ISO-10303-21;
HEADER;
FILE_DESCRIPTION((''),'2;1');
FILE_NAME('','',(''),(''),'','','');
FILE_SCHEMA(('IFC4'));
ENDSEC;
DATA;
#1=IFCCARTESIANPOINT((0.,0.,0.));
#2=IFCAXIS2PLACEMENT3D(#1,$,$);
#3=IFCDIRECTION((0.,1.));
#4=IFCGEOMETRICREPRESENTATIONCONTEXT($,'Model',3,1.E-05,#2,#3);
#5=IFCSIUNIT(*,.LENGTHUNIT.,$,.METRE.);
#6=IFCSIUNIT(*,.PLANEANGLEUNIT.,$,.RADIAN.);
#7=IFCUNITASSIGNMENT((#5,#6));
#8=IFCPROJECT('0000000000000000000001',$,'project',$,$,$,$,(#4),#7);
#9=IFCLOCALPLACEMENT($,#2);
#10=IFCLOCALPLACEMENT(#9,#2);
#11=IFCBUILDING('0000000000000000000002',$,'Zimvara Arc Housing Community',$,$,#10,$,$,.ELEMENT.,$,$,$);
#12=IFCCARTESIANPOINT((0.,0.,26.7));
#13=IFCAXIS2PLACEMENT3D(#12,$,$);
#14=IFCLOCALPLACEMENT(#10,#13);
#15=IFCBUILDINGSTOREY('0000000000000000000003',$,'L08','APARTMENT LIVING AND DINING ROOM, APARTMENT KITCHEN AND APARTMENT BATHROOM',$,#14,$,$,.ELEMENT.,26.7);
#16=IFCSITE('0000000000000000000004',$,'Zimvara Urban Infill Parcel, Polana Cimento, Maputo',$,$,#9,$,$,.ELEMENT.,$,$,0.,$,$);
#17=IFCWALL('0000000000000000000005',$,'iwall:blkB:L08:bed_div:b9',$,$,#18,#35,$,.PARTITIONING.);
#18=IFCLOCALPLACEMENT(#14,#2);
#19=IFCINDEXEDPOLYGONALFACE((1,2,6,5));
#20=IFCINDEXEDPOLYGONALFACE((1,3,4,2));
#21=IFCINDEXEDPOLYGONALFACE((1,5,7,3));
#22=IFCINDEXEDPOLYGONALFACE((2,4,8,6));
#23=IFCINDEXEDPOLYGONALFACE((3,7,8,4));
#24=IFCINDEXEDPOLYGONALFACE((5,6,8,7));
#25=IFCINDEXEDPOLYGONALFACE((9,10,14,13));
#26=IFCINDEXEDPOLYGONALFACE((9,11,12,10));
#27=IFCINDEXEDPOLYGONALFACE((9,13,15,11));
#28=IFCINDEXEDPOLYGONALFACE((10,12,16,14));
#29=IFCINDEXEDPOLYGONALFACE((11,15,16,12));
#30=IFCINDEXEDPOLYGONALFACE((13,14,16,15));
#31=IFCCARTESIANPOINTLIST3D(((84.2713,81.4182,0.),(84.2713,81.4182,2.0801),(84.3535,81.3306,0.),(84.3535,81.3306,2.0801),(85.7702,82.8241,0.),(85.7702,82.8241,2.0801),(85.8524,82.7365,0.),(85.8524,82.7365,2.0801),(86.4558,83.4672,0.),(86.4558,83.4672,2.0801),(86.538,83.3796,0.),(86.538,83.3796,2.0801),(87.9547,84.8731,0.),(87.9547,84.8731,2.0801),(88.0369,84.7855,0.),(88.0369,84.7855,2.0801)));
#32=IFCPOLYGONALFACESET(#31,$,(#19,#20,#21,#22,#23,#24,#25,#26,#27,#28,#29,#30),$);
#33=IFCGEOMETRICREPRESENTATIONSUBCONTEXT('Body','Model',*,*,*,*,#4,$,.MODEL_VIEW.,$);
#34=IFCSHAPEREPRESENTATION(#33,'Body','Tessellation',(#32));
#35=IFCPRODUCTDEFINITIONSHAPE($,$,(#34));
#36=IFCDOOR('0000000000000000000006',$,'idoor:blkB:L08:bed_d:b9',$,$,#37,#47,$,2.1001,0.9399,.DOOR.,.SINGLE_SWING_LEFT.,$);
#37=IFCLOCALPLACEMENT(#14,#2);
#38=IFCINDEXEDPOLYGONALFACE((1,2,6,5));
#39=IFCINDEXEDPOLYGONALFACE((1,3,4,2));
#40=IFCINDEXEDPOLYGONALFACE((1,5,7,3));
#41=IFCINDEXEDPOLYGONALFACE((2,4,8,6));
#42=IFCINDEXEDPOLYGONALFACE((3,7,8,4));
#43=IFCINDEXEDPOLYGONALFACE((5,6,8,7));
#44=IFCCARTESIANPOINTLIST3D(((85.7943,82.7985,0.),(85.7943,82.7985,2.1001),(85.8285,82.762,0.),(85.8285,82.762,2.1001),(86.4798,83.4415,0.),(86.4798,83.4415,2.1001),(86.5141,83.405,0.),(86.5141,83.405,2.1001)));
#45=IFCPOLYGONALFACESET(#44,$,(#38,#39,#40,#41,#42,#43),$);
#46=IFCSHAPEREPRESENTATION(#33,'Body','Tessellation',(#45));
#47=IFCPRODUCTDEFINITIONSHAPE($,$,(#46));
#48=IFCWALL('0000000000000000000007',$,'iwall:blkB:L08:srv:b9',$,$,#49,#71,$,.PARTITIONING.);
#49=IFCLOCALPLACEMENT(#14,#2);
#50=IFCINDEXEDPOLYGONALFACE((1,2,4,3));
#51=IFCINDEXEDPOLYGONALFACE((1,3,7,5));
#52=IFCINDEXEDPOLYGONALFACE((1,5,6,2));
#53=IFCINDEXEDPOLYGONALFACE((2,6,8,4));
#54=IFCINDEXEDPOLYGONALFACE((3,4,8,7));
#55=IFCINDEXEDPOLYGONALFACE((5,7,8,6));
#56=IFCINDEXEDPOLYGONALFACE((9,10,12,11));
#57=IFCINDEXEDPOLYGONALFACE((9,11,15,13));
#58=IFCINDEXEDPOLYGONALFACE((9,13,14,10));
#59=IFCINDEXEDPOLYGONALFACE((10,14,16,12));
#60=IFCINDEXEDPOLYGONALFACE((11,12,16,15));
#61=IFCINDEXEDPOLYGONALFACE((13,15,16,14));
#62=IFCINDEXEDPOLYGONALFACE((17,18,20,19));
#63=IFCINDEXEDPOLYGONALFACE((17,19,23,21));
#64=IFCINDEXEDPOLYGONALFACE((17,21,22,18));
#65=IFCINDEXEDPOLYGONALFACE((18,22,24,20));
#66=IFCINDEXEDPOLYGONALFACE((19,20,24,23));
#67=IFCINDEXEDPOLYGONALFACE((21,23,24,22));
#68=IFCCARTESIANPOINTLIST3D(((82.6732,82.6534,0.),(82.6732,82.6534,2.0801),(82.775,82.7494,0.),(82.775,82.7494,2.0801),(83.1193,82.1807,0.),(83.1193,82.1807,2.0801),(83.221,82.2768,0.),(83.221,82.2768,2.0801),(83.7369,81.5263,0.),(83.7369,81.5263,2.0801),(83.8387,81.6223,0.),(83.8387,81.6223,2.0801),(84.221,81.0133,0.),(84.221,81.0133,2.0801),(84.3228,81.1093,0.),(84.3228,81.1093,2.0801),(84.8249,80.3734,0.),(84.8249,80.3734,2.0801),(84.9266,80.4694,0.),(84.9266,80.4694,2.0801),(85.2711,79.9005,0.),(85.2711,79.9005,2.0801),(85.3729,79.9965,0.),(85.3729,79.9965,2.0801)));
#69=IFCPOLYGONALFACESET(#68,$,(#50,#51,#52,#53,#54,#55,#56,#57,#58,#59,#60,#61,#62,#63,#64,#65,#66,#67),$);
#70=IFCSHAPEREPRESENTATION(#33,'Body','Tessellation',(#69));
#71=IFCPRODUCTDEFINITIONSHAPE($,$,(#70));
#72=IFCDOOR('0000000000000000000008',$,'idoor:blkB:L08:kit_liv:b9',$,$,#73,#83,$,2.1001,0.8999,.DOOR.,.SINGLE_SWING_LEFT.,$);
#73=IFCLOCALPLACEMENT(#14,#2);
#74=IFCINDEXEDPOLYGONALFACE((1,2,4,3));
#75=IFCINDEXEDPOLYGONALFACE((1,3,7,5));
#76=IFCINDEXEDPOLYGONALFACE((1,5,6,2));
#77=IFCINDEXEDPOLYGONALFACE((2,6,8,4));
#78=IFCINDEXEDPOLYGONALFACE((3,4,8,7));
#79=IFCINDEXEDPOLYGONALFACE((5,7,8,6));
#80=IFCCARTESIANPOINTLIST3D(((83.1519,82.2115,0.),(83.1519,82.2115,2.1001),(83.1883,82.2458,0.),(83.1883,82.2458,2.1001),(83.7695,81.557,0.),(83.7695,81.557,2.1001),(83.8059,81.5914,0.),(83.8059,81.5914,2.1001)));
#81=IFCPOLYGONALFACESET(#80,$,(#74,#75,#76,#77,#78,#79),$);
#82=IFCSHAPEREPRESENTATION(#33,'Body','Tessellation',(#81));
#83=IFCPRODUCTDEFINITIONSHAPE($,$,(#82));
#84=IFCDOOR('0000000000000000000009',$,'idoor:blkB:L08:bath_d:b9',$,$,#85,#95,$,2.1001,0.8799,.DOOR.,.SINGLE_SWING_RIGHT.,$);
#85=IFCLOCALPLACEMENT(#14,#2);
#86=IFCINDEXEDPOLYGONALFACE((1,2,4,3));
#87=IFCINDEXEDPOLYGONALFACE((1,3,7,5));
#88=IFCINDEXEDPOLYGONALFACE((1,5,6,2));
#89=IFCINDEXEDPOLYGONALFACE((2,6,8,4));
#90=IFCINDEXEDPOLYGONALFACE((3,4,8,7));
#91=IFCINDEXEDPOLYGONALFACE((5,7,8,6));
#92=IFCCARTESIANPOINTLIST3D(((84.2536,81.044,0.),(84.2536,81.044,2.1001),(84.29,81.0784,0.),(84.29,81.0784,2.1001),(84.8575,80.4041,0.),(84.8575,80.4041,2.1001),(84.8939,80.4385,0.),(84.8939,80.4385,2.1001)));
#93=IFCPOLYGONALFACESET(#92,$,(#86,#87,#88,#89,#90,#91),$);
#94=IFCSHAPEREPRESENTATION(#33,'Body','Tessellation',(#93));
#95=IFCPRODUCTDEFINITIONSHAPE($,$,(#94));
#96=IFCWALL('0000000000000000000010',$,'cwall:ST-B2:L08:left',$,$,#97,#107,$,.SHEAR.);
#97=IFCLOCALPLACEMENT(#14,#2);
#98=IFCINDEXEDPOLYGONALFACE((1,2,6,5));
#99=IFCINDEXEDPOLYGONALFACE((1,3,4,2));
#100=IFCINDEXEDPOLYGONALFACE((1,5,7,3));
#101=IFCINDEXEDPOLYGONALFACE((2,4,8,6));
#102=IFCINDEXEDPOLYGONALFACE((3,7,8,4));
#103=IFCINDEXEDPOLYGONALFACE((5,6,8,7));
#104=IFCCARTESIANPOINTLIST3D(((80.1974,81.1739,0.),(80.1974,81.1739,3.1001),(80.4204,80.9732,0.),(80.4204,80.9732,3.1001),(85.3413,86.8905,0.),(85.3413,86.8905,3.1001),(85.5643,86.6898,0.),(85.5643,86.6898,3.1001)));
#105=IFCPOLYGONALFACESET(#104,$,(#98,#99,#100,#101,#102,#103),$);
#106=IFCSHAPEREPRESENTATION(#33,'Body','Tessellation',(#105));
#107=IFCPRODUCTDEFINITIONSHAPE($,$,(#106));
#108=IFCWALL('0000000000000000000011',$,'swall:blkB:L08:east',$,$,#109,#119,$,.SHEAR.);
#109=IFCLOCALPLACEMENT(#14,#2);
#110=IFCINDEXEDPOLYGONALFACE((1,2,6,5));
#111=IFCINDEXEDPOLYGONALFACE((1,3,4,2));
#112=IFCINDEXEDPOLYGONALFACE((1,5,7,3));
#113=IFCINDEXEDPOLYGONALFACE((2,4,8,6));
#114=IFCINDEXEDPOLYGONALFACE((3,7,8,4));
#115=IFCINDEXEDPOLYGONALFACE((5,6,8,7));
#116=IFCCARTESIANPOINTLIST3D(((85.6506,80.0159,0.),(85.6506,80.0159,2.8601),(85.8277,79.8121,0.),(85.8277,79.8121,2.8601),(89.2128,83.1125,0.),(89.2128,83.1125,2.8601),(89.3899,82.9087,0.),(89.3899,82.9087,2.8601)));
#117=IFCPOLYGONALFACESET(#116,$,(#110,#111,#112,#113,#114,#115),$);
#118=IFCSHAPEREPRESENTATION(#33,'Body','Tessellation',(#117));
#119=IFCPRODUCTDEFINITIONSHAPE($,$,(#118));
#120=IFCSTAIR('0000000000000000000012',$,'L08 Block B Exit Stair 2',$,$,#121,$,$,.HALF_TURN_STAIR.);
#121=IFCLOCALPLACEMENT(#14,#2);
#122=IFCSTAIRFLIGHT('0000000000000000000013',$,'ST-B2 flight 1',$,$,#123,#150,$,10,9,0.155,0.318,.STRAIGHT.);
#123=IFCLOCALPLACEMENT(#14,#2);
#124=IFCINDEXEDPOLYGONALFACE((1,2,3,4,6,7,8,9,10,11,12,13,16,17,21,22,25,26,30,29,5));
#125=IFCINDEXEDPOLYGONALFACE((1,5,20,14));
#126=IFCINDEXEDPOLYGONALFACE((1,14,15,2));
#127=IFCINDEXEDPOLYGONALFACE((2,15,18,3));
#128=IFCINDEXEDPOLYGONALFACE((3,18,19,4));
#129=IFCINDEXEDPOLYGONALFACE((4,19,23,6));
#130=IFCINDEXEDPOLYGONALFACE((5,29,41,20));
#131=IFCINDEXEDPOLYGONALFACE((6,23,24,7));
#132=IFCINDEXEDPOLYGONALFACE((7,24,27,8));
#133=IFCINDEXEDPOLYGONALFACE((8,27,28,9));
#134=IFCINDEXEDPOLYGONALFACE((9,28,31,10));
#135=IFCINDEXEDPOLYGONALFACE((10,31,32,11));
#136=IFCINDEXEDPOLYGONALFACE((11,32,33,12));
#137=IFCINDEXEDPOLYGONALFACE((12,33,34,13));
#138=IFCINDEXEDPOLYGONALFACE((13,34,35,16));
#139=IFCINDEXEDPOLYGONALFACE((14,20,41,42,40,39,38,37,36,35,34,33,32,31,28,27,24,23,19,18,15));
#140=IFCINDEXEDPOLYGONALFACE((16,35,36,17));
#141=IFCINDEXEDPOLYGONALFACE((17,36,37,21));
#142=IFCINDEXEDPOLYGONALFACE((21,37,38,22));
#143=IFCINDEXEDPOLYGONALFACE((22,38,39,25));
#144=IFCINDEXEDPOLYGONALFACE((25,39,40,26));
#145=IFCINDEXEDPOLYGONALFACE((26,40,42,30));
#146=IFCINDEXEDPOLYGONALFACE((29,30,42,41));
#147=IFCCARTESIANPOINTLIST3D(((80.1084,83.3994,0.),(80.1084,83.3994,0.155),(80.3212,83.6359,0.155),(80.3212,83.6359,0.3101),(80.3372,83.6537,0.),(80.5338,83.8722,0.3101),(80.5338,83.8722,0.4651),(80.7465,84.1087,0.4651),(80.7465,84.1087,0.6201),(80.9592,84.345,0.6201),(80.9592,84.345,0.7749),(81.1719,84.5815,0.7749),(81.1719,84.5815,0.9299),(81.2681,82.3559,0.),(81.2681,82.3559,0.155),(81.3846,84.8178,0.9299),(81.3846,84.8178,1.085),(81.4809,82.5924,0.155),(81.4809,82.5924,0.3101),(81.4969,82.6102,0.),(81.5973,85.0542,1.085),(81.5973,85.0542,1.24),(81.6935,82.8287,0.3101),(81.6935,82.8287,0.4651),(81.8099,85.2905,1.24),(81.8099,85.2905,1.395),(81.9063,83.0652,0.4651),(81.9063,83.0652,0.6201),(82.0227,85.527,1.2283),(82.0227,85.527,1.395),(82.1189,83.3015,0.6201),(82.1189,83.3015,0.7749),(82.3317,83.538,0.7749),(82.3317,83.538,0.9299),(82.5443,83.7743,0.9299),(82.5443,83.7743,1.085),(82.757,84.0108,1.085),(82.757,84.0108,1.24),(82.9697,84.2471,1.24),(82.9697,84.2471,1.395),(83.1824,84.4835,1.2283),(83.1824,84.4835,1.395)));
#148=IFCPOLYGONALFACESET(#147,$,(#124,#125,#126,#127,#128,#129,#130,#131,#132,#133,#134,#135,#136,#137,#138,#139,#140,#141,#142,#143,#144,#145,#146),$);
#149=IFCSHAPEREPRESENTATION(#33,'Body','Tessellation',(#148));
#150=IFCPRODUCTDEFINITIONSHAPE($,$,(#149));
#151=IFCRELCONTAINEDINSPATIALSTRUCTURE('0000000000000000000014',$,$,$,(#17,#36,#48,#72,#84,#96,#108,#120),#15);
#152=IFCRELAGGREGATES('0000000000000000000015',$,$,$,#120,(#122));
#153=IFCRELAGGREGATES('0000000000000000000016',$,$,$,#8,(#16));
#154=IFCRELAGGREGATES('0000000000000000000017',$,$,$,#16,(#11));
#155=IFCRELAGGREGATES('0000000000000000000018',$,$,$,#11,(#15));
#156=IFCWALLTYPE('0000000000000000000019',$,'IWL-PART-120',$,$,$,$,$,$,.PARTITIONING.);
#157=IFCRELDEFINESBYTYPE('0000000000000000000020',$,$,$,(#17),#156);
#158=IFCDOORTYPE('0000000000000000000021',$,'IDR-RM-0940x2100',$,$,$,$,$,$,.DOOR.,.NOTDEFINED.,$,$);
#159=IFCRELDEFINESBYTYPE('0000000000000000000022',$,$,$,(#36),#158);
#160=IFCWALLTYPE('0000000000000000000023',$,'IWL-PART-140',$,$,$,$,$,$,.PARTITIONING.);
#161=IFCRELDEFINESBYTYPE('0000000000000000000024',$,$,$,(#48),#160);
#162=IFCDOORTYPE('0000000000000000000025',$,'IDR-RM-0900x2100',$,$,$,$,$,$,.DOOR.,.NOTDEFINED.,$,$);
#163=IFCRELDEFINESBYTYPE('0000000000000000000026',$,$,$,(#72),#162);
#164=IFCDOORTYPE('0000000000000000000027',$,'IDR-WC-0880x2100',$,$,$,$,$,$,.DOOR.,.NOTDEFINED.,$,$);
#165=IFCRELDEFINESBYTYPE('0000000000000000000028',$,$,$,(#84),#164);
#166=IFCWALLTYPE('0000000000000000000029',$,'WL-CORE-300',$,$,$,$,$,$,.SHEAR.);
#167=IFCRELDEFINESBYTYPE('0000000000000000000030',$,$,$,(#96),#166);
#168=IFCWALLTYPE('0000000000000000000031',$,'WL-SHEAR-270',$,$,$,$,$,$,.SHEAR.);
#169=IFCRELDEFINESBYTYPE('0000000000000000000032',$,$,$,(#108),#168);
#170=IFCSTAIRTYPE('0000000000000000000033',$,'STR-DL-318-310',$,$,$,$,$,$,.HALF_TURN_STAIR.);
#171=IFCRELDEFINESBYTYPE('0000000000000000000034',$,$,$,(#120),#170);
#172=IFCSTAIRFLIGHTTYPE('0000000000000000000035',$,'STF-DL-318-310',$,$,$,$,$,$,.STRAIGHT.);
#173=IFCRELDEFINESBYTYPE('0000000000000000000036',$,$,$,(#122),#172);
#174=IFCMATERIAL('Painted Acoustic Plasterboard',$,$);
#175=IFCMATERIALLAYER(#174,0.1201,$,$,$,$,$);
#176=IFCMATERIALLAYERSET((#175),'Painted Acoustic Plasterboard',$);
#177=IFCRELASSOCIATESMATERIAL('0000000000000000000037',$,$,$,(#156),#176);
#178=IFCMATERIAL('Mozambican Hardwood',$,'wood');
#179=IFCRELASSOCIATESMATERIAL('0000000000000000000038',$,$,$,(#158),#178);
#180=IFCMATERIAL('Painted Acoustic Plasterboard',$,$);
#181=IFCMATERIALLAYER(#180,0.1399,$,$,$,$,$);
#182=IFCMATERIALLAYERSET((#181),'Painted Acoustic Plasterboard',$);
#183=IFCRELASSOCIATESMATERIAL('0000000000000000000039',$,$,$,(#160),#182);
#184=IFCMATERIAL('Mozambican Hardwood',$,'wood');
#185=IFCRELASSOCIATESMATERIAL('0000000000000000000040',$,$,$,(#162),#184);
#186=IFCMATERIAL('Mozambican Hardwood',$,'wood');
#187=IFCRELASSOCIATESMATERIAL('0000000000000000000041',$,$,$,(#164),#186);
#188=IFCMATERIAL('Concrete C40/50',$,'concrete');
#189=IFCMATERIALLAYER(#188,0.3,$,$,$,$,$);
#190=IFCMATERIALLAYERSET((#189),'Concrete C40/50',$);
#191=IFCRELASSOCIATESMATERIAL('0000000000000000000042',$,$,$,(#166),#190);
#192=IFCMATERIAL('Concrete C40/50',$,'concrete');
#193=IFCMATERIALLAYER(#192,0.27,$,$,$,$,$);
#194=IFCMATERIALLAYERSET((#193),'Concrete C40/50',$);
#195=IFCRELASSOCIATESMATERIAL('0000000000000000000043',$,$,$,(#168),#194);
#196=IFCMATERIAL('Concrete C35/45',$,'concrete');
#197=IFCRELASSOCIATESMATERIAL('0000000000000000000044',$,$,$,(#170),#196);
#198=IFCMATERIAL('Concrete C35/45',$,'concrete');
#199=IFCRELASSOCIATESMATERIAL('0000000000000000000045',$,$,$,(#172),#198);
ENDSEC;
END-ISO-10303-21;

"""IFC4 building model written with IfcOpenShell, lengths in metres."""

from ifc_helpers import new_model, si_unit, direction, frame, frame_2d, origin, place, context, subcontext, project, spatial, polyline, rectangle, outline, extrude, material, layer, layer_set, type_object, element, fill, aggregate, save


model = new_model("IFC4")

# Units and contexts
model_context = context("Model", 3, precision=1e-05, world=origin(), true_north=direction((0.0, 1.0)))
body_context = subcontext(model_context, "Body", "Model", "MODEL_VIEW")
ifc_project = project(units=[si_unit("LENGTHUNIT", "METRE"), si_unit("PLANEANGLEUNIT", "RADIAN")], contexts=[model_context])

# Site, building, storey
site_placement = place(None, origin())
site = spatial("IfcSite", under=ifc_project, at=site_placement, Name="Zimvara Urban Infill Parcel, Polana Cimento, Maputo", CompositionType="ELEMENT", RefElevation=0.0)
building_placement = place(site_placement, origin())
building = spatial("IfcBuilding", under=site, at=building_placement, Name="Zimvara Arc Housing Community", CompositionType="ELEMENT")
storey_placement = place(building_placement, frame((0.0, 0.0, 26.7)))
storey = spatial("IfcBuildingStorey", under=building, at=storey_placement, Name="L08", Description="APARTMENT LIVING AND DINING ROOM, APARTMENT KITCHEN AND APARTMENT BATHROOM", CompositionType="ELEMENT", Elevation=26.7)

# Wall, opening, door
ifc_material_1 = material(Name="Painted Acoustic Plasterboard")
ifc_layer_1 = layer(ifc_material_1, 0.1201)
ifc_layer_set_1 = layer_set([ifc_layer_1], Name="Painted Acoustic Plasterboard")
wall_type_1 = type_object("IfcWallType", Name="IWL-PART-120", PredefinedType="PARTITIONING", material=ifc_layer_set_1)
wall_1_placement = place(storey_placement, frame((84.3125, 81.3745, 0.0), z_axis=(0.0, 0.0, 1.0), x_axis=(0.72937, 0.68412, 0.0)))
wall_1 = element("IfcWall", 1, at=wall_1_placement, inside=storey, type_object=wall_type_1, Name="iwall:blkB:L08:bed_div:b9", PredefinedType="PARTITIONING", context=body_context, shape_type="SweptSolid", body=[
    extrude(rectangle(XDim=5.05, YDim=0.1201, at=frame_2d((2.5249, 0.0))), origin(), (0.0, 0.0, 1.0), 2.0801),
])
opening_1_placement = place(wall_1_placement, frame((2.0549, 0.0, 0.0)))
opening_1 = element("IfcOpeningElement", 2, at=opening_1_placement, cuts=wall_1, PredefinedType="OPENING", context=body_context, shape_type="SweptSolid", body=[
    extrude(rectangle(XDim=0.9399, YDim=2.1001, at=frame_2d((0.47, 1.05))), frame((0.0, 0.0701, 0.0), z_axis=(0.0, -1.0, 0.0), x_axis=(1.0, 0.0, 0.0)), (0.0, 0.0, 1.0), 0.1401),
])
ifc_material_2 = material(Name="Mozambican Hardwood", Category="wood")
door_type_1 = type_object("IfcDoorType", Name="IDR-RM-0940x2100", OperationType="NOTDEFINED", PredefinedType="DOOR", material=ifc_material_2)
door_1_placement = place(opening_1_placement, origin())
door_1 = element("IfcDoor", 3, at=door_1_placement, inside=storey, type_object=door_type_1, Name="idoor:blkB:L08:bed_d:b9", OperationType="SINGLE_SWING_LEFT", OverallHeight=2.1001, OverallWidth=0.9399, PredefinedType="DOOR", context=body_context, shape_type="SweptSolid", body=[
    extrude(rectangle(XDim=0.9399, YDim=2.1001, at=frame_2d((0.47, 1.05))), frame((0.0, 0.0249, 0.0), z_axis=(0.0, -1.0, 0.0), x_axis=(1.0, 0.0, 0.0)), (0.0, 0.0, 1.0), 0.05),
])
fill(opening_1, door_1)

# Wall, openings, doors
ifc_material_3 = material(Name="Painted Acoustic Plasterboard")
ifc_layer_2 = layer(ifc_material_3, 0.1399)
ifc_layer_set_2 = layer_set([ifc_layer_2], Name="Painted Acoustic Plasterboard")
wall_type_2 = type_object("IfcWallType", Name="IWL-PART-140", PredefinedType="PARTITIONING", material=ifc_layer_set_2)
wall_2_placement = place(storey_placement, frame((82.7241, 82.7014, 0.0), z_axis=(0.0, 0.0, 1.0), x_axis=(0.686332, -0.727289, 0.0)))
wall_2 = element("IfcWall", 4, at=wall_2_placement, inside=storey, type_object=wall_type_2, Name="iwall:blkB:L08:srv:b9", PredefinedType="PARTITIONING", context=body_context, shape_type="SweptSolid", body=[
    extrude(rectangle(XDim=3.7852, YDim=0.1399, at=frame_2d((1.8926, 0.0))), origin(), (0.0, 0.0, 1.0), 2.0801),
])
opening_2_placement = place(wall_2_placement, frame((0.6499, 0.0, 0.0)))
opening_2 = element("IfcOpeningElement", 5, at=opening_2_placement, cuts=wall_2, PredefinedType="OPENING", context=body_context, shape_type="SweptSolid", body=[
    extrude(rectangle(XDim=0.8999, YDim=2.1001, at=frame_2d((0.45, 1.05))), frame((0.0, 0.0798, 0.0), z_axis=(0.0, -1.0, 0.0), x_axis=(1.0, 0.0, 0.0)), (0.0, 0.0, 1.0), 0.1599),
])
opening_3_placement = place(wall_2_placement, frame((2.2551, 0.0, 0.0)))
opening_3 = element("IfcOpeningElement", 6, at=opening_3_placement, cuts=wall_2, PredefinedType="OPENING", context=body_context, shape_type="SweptSolid", body=[
    extrude(rectangle(XDim=0.8799, YDim=2.1001, at=frame_2d((0.4399, 1.05))), frame((0.0, 0.0798, 0.0), z_axis=(0.0, -1.0, 0.0), x_axis=(1.0, 0.0, 0.0)), (0.0, 0.0, 1.0), 0.1599),
])
ifc_material_4 = material(Name="Mozambican Hardwood", Category="wood")
door_type_2 = type_object("IfcDoorType", Name="IDR-RM-0900x2100", OperationType="NOTDEFINED", PredefinedType="DOOR", material=ifc_material_4)
door_2_placement = place(opening_2_placement, origin())
door_2 = element("IfcDoor", 7, at=door_2_placement, inside=storey, type_object=door_type_2, Name="idoor:blkB:L08:kit_liv:b9", OperationType="SINGLE_SWING_LEFT", OverallHeight=2.1001, OverallWidth=0.8999, PredefinedType="DOOR", context=body_context, shape_type="SweptSolid", body=[
    extrude(rectangle(XDim=0.8999, YDim=2.1001, at=frame_2d((0.45, 1.05))), frame((0.0, 0.0249, 0.0), z_axis=(0.0, -1.0, 0.0), x_axis=(1.0, 0.0, 0.0)), (0.0, 0.0, 1.0), 0.05),
])
fill(opening_2, door_2)
ifc_material_5 = material(Name="Mozambican Hardwood", Category="wood")
door_type_3 = type_object("IfcDoorType", Name="IDR-WC-0880x2100", OperationType="NOTDEFINED", PredefinedType="DOOR", material=ifc_material_5)
door_3_placement = place(opening_3_placement, origin())
door_3 = element("IfcDoor", 8, at=door_3_placement, inside=storey, type_object=door_type_3, Name="idoor:blkB:L08:bath_d:b9", OperationType="SINGLE_SWING_RIGHT", OverallHeight=2.1001, OverallWidth=0.8799, PredefinedType="DOOR", context=body_context, shape_type="SweptSolid", body=[
    extrude(rectangle(XDim=0.8799, YDim=2.1001, at=frame_2d((0.4399, 1.05))), frame((0.0, 0.0249, 0.0), z_axis=(0.0, -1.0, 0.0), x_axis=(1.0, 0.0, 0.0)), (0.0, 0.0, 1.0), 0.05),
])
fill(opening_3, door_3)

# Shared definitions
ifc_material_6 = material(Name="Concrete C40/50", Category="concrete")
ifc_layer_3 = layer(ifc_material_6, 0.3)
ifc_layer_set_3 = layer_set([ifc_layer_3], Name="Concrete C40/50")
wall_type_3 = type_object("IfcWallType", Name="WL-CORE-300", PredefinedType="SHEAR", material=ifc_layer_set_3)

# Walls
wall_3_placement = place(storey_placement, frame((80.3088, 81.0735, 0.0), z_axis=(0.0, 0.0, 1.0), x_axis=(0.668886, 0.743365, 0.0)))
element("IfcWall", 9, at=wall_3_placement, inside=storey, type_object=wall_type_3, Name="cwall:ST-B2:L08:left", PredefinedType="SHEAR", context=body_context, shape_type="SweptSolid", body=[
    extrude(rectangle(XDim=7.6902, YDim=0.3, at=frame_2d((3.8452, 0.0))), origin(), (0.0, 0.0, 1.0), 3.1001),
])
ifc_material_7 = material(Name="Concrete C40/50", Category="concrete")
ifc_layer_4 = layer(ifc_material_7, 0.27)
ifc_layer_set_4 = layer_set([ifc_layer_4], Name="Concrete C40/50")
wall_type_4 = type_object("IfcWallType", Name="WL-SHEAR-270", PredefinedType="SHEAR", material=ifc_layer_set_4)
wall_4_placement = place(storey_placement, frame((85.7393, 79.9141, 0.0), z_axis=(0.0, 0.0, 1.0), x_axis=(0.754704, 0.656066, 0.0)))
element("IfcWall", 10, at=wall_4_placement, inside=storey, type_object=wall_type_4, Name="swall:blkB:L08:east", PredefinedType="SHEAR", context=body_context, shape_type="SweptSolid", body=[
    extrude(rectangle(XDim=4.72, YDim=0.27, at=frame_2d((2.3599, 0.0))), origin(), (0.0, 0.0, 1.0), 2.8601),
])

# Stair, stair flight
ifc_material_8 = material(Name="Concrete C35/45", Category="concrete")
stair_type = type_object("IfcStairType", Name="STR-DL-318-310", PredefinedType="HALF_TURN_STAIR", material=ifc_material_8)
stair_placement = place(storey_placement, origin())
stair = element("IfcStair", 11, at=stair_placement, inside=storey, type_object=stair_type, Name="L08 Block B Exit Stair 2", PredefinedType="HALF_TURN_STAIR")
ifc_material_9 = material(Name="Concrete C35/45", Category="concrete")
stair_flight_type = type_object("IfcStairFlightType", Name="STF-DL-318-310", PredefinedType="STRAIGHT", material=ifc_material_9)
stair_flight_placement = place(storey_placement, frame((80.6882, 82.8777, 0.0), z_axis=(0.0, 0.0, 1.0), x_axis=(0.668871, 0.743378, 0.0)))
stair_flight = element("IfcStairFlight", 12, at=stair_flight_placement, type_object=stair_flight_type, Name="ST-B2 flight 1", NumberOfRisers=10, NumberOfTreads=9, PredefinedType="STRAIGHT", RiserHeight=0.155, TreadLength=0.318, context=body_context, shape_type="SweptSolid", body=[
    extrude(outline(polyline([(0.0, 0.0), (0.0, 0.155), (0.3181, 0.155), (0.3181, 0.3101), (0.636, 0.3101), (0.636, 0.4651), (0.9541, 0.4651), (0.9541, 0.6201), (1.272, 0.6201), (1.272, 0.7749), (1.5901, 0.7749), (1.5901, 0.9299), (1.908, 0.9299), (1.908, 1.085), (2.2261, 1.085), (2.2261, 1.24), (2.5439, 1.24), (2.5439, 1.395), (2.8621, 1.395), (2.8621, 1.55), (2.8621, 1.2283), (0.342, 0.0), (0.0, 0.0)])), frame((0.0, 0.78, 0.0), z_axis=(0.0, -1.0, 0.0), x_axis=(1.0, 0.0, 0.0)), (0.0, 0.0, 1.0), 1.5601),
])
aggregate(stair, [stair_flight])

save(model, "model.ifc")
